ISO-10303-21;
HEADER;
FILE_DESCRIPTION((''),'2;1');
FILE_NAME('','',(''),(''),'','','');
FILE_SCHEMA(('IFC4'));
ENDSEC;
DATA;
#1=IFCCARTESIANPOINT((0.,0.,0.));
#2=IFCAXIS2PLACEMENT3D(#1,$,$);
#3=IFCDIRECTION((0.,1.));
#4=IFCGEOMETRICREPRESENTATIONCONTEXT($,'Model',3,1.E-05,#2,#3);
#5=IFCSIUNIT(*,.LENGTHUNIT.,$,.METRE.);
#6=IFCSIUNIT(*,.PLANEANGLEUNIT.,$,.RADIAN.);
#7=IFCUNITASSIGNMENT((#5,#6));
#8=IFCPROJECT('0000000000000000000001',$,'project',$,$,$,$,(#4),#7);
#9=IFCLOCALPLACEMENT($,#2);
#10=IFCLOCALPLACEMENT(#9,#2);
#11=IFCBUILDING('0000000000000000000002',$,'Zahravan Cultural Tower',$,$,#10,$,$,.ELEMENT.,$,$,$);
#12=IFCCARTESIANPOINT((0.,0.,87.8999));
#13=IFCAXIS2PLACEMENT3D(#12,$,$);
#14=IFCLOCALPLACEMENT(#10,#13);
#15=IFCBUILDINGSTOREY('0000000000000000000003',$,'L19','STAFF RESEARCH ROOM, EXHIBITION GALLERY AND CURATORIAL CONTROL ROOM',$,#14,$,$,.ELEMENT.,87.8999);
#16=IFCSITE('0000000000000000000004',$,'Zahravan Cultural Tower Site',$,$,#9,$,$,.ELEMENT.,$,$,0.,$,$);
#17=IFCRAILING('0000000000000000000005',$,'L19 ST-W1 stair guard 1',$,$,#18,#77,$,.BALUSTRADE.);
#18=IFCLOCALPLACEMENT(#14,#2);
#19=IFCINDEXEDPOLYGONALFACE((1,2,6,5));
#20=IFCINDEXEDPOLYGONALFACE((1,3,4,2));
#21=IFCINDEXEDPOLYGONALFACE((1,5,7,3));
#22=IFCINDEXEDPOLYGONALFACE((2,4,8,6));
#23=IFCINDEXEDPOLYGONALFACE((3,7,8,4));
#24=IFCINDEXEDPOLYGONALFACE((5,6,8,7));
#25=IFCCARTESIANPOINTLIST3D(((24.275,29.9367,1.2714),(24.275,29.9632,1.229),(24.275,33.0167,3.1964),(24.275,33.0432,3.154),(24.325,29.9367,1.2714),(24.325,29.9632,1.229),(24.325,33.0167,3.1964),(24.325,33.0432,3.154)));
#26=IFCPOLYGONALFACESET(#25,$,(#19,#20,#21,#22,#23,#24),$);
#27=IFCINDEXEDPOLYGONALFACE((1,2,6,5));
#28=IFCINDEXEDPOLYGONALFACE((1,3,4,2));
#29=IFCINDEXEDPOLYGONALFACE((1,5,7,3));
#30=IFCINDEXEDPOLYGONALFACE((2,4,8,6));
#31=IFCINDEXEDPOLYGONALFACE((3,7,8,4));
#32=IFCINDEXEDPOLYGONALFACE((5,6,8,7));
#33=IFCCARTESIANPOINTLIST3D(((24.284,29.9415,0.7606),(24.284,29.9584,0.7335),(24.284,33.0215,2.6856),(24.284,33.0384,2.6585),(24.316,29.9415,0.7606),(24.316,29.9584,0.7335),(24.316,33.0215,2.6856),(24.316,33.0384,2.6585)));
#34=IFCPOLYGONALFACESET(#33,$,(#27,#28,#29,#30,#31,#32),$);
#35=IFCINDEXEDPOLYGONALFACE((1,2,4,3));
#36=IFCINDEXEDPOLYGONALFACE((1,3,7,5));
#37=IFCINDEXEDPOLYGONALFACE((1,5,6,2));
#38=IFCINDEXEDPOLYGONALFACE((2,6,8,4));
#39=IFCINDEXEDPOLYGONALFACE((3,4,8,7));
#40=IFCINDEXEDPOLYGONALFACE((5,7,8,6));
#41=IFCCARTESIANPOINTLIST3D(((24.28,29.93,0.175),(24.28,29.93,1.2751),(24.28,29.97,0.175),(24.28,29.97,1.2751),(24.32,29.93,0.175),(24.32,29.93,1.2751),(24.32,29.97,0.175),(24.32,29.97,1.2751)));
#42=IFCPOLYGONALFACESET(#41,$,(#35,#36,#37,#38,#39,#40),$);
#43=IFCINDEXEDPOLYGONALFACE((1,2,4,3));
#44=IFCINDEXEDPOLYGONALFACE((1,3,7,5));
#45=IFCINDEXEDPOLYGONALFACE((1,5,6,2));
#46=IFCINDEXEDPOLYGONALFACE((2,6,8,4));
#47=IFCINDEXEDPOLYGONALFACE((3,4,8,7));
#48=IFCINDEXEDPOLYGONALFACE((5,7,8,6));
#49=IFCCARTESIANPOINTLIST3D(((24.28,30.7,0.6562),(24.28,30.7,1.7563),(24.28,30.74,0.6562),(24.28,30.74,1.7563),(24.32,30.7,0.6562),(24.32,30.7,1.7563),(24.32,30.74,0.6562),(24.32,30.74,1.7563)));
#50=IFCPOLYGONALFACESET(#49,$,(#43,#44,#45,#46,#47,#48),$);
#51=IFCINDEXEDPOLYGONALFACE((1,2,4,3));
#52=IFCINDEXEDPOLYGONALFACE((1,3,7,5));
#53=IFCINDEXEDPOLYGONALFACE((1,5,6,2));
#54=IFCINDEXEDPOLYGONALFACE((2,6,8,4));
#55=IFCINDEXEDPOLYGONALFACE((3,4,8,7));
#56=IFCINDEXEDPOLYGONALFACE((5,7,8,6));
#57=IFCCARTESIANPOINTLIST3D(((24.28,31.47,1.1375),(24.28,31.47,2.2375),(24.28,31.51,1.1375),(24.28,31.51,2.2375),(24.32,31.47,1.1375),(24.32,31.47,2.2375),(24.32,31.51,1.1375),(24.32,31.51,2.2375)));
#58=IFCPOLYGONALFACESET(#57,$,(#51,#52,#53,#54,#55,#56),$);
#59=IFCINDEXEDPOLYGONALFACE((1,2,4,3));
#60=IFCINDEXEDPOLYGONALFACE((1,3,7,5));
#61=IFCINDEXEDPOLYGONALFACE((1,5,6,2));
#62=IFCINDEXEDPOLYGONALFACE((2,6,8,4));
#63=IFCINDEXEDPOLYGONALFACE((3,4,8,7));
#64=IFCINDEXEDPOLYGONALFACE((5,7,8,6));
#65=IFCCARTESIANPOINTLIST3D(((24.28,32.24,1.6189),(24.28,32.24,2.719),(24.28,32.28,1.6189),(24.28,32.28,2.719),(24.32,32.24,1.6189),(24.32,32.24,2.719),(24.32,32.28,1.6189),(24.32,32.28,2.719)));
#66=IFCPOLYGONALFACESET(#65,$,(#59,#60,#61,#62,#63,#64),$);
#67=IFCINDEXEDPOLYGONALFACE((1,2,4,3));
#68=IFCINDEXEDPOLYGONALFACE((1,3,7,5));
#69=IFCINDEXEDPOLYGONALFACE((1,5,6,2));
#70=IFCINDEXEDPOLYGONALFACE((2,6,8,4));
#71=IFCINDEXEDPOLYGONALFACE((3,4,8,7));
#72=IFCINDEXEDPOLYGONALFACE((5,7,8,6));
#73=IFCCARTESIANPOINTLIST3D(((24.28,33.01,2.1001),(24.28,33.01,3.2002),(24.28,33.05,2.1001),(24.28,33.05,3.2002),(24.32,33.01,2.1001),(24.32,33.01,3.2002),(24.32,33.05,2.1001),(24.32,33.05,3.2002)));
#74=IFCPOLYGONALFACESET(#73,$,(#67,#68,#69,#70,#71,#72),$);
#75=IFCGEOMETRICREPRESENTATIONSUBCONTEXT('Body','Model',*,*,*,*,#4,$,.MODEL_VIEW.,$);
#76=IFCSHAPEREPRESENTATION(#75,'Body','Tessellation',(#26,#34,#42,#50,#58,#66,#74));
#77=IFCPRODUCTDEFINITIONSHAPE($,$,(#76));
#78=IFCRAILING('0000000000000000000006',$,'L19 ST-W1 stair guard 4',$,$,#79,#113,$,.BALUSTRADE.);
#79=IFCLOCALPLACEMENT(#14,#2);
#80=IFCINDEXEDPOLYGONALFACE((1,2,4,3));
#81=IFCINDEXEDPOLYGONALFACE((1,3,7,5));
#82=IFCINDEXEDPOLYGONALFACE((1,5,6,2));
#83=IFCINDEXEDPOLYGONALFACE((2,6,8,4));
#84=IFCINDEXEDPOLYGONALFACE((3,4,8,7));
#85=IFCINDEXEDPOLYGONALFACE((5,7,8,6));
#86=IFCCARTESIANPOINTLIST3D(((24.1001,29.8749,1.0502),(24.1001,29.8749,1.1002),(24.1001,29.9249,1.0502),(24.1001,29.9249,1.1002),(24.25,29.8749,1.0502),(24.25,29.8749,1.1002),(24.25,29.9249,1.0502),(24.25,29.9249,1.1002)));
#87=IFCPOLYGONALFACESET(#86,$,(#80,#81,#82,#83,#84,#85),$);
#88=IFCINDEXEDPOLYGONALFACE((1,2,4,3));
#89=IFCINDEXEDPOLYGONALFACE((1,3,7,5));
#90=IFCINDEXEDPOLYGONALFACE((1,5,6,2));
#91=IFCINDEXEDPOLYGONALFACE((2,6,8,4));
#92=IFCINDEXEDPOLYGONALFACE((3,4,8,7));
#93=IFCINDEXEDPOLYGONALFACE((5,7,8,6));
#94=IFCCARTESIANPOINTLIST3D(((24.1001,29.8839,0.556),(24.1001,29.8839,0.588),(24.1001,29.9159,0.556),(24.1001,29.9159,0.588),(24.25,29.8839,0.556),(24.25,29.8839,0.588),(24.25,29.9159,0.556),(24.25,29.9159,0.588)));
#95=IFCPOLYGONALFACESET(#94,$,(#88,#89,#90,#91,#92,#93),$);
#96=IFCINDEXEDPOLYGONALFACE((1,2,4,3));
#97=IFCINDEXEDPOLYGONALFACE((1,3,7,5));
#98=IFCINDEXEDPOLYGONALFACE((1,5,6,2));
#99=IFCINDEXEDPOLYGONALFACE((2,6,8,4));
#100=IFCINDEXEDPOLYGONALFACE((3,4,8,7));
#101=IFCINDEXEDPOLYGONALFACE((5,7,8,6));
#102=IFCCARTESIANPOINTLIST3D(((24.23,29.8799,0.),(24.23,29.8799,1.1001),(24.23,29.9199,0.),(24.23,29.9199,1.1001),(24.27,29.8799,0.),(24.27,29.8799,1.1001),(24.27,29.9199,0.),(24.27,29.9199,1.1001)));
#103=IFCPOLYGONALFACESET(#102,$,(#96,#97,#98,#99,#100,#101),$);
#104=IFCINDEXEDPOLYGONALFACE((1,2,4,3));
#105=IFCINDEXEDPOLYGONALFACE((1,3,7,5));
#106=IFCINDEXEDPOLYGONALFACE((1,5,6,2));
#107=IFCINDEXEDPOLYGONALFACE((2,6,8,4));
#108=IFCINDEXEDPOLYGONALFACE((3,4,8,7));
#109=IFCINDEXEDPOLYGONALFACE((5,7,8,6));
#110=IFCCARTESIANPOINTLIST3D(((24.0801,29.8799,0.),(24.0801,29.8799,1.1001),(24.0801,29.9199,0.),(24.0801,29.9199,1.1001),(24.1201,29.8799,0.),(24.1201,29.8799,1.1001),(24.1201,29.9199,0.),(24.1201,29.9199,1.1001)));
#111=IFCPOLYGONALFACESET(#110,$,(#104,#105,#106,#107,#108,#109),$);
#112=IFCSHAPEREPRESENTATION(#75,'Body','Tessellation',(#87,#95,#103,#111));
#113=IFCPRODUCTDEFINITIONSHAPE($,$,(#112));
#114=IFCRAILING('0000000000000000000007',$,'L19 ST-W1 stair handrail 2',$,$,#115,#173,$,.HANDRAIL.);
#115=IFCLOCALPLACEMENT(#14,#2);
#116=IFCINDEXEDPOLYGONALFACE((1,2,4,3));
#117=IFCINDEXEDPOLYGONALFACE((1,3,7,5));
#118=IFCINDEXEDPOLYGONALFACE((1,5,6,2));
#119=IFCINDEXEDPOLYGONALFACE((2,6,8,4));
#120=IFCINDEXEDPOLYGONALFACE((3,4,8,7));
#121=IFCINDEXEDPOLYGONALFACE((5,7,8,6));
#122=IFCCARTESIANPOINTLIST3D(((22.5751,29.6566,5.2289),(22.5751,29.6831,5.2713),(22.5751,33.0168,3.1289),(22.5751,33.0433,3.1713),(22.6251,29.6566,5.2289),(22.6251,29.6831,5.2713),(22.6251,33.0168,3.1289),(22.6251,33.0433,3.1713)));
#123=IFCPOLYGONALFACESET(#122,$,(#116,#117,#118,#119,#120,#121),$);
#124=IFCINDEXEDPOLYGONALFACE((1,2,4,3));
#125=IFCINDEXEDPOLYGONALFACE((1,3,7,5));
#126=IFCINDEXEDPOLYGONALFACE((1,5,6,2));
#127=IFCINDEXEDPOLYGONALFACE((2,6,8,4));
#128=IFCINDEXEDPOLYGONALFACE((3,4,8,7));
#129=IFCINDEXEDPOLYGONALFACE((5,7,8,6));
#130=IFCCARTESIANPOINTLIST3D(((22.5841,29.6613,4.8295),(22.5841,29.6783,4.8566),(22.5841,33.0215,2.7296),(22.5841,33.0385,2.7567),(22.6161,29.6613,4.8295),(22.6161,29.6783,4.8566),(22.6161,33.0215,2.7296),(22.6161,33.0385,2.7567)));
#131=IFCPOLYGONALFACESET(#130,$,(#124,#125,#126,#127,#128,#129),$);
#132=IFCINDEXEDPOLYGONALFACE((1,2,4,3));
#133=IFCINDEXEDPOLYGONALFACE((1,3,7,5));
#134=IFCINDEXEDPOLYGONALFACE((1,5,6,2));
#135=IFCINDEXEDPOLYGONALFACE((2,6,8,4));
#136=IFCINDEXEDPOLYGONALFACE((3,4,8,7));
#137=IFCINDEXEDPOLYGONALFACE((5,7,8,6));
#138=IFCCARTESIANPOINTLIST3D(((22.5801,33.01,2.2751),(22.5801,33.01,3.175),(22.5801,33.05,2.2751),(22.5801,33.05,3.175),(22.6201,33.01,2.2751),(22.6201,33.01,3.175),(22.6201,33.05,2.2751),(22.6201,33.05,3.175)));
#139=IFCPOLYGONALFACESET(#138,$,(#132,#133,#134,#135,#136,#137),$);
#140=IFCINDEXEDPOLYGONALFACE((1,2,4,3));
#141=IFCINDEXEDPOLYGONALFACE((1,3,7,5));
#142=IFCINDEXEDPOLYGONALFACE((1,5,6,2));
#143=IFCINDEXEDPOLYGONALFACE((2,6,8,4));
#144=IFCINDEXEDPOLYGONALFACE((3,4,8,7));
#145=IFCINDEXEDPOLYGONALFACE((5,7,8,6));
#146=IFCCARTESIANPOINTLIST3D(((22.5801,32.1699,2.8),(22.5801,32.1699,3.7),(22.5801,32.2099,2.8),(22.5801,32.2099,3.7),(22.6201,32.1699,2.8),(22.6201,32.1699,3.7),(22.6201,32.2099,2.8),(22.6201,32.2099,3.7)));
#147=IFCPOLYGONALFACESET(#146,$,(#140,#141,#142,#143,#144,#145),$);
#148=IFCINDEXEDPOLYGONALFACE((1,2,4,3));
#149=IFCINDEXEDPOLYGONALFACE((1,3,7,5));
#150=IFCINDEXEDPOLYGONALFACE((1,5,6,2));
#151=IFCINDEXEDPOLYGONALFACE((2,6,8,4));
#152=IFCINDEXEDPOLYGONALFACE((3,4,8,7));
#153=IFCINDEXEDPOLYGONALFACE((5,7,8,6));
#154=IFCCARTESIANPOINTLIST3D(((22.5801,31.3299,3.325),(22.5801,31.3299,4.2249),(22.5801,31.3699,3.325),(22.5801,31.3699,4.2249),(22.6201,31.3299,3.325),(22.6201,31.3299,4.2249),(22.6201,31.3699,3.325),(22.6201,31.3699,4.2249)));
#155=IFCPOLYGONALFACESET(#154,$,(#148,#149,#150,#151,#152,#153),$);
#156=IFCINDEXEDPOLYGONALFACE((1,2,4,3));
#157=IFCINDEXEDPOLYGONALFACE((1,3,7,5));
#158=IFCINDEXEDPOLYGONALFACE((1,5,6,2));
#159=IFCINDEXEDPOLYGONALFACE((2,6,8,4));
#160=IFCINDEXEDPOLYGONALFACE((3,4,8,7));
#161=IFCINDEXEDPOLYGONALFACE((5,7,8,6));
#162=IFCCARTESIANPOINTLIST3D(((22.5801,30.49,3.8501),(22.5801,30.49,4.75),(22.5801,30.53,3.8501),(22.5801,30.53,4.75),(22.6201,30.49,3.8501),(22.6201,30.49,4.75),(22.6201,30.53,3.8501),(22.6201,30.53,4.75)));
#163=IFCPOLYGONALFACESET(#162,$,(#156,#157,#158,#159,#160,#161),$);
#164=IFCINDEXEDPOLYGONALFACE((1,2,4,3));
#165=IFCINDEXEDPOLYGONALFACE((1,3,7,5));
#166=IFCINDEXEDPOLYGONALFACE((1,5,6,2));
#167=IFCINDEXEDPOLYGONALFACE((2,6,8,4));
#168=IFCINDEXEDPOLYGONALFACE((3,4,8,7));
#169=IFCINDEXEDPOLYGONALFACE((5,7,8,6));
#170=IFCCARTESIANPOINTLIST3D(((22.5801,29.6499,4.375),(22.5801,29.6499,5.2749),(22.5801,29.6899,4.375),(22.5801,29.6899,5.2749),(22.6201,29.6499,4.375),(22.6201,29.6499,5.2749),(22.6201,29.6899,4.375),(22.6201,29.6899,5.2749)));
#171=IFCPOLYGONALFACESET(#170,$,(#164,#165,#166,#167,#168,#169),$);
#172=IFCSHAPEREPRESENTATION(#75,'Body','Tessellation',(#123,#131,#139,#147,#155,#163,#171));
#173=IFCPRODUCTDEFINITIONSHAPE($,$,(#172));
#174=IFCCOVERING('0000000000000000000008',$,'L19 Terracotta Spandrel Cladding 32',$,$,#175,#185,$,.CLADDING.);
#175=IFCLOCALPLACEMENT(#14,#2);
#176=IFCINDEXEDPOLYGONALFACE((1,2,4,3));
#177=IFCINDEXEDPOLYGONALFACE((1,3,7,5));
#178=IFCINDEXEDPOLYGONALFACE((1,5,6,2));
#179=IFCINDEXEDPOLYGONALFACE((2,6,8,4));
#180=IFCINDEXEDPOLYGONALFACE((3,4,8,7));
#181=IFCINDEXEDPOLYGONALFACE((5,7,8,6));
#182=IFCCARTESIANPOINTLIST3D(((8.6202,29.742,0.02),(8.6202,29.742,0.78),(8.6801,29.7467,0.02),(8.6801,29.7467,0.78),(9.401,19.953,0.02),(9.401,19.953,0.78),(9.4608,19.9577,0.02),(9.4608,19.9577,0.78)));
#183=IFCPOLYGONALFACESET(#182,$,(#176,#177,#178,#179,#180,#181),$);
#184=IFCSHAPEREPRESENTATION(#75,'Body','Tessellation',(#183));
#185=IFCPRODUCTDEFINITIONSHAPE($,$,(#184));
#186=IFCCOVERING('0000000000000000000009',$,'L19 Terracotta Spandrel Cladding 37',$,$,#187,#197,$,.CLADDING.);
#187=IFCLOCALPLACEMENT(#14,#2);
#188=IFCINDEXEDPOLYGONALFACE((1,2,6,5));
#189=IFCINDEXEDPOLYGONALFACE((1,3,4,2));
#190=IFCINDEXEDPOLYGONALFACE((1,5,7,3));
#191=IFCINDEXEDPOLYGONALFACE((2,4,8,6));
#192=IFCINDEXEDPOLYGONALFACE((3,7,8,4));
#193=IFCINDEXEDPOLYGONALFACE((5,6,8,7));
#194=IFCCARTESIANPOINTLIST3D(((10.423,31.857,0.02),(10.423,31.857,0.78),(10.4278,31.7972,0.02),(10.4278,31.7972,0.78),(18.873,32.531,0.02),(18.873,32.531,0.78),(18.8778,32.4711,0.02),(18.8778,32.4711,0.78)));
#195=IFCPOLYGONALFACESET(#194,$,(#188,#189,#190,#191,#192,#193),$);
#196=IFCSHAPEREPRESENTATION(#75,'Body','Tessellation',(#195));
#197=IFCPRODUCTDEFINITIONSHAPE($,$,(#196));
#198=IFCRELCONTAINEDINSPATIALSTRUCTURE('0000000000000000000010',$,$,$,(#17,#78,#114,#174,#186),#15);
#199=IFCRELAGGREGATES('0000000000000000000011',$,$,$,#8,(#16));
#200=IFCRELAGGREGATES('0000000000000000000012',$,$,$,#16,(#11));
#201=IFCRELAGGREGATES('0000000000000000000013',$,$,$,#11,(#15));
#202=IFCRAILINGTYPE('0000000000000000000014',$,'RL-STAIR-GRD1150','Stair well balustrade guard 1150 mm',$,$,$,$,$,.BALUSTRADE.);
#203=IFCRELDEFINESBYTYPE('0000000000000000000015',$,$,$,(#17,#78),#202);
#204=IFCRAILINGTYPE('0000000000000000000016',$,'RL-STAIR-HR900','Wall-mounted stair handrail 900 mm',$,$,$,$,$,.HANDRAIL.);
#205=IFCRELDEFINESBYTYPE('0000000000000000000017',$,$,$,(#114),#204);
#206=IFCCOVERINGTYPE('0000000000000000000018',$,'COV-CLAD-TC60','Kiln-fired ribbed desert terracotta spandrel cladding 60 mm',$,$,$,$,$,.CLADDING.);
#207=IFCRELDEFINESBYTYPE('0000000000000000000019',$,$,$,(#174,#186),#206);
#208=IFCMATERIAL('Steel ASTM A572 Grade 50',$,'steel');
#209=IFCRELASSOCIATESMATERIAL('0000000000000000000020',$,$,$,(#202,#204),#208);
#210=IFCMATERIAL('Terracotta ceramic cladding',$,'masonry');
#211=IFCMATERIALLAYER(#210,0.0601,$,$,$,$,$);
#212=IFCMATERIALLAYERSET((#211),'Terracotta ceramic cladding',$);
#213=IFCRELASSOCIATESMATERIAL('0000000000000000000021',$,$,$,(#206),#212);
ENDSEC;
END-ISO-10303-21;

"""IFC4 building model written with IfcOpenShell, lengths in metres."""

from ifc_helpers import new_model, si_unit, direction, frame, origin, origin_2d, place, context, subcontext, project, spatial, rectangle, extrude, source, transform, mapped, material, layer, layer_set, type_object, element, save


model = new_model("IFC4")

# Units and contexts
model_context = context("Model", 3, precision=1e-05, world=origin(), true_north=direction((0.0, 1.0)))
body_context = subcontext(model_context, "Body", "Model", "MODEL_VIEW")
ifc_project = project(units=[si_unit("LENGTHUNIT", "METRE"), si_unit("PLANEANGLEUNIT", "RADIAN")], contexts=[model_context])

# Site, building, storey
site_placement = place(None, origin())
site = spatial("IfcSite", under=ifc_project, at=site_placement, Name="Zahravan Cultural Tower Site", CompositionType="ELEMENT", RefElevation=0.0)
building_placement = place(site_placement, origin())
building = spatial("IfcBuilding", under=site, at=building_placement, Name="Zahravan Cultural Tower", CompositionType="ELEMENT")
storey_placement = place(building_placement, frame((0.0, 0.0, 87.8999)))
storey = spatial("IfcBuildingStorey", under=building, at=storey_placement, Name="L19", Description="STAFF RESEARCH ROOM, EXHIBITION GALLERY AND CURATORIAL CONTROL ROOM", CompositionType="ELEMENT", Elevation=87.8999)

# Railings
ifc_material_1 = material(Name="Steel ASTM A572 Grade 50", Category="steel")
railing_type_1 = type_object("IfcRailingType", Name="RL-STAIR-GRD1150", Description="Stair well balustrade guard 1150 mm", PredefinedType="BALUSTRADE", material=ifc_material_1)
railing_1_placement = place(storey_placement, frame((24.3, 29.95, 0.175)))
element("IfcRailing", 1, at=railing_1_placement, inside=storey, type_object=railing_type_1, Name="L19 ST-W1 stair guard 1", PredefinedType="BALUSTRADE", context=body_context, shape_type="SweptSolid", body=[
    extrude(rectangle(XDim=0.05, YDim=0.05, at=origin_2d()), frame((0.0, 0.0, 1.0752), z_axis=(0.0, 0.847998, 0.529999), x_axis=(-1.0, 0.0, 0.0)), (0.0, 0.0, 1.0), 3.6321),
    extrude(rectangle(XDim=0.032, YDim=0.032, at=origin_2d()), frame((0.0, 0.0, 0.572), z_axis=(0.0, 0.847998, 0.529999), x_axis=(-1.0, 0.0, 0.0)), (0.0, 0.0, 1.0), 3.6321),
    extrude(rectangle(XDim=0.04, YDim=0.04, at=origin_2d()), origin(), (0.0, 0.0, 1.0), 1.1001),
    extrude(rectangle(XDim=0.04, YDim=0.04, at=origin_2d()), frame((0.0, 0.77, 0.4812)), (0.0, 0.0, 1.0), 1.1001),
    extrude(rectangle(XDim=0.04, YDim=0.04, at=origin_2d()), frame((0.0, 1.54, 0.9624)), (0.0, 0.0, 1.0), 1.1001),
    extrude(rectangle(XDim=0.04, YDim=0.04, at=origin_2d()), frame((0.0, 2.3101, 1.4438)), (0.0, 0.0, 1.0), 1.1001),
    extrude(rectangle(XDim=0.04, YDim=0.04, at=origin_2d()), frame((0.0, 3.0801, 1.925)), (0.0, 0.0, 1.0), 1.1001),
])
railing_2_placement = place(storey_placement, frame((24.25, 29.8999, 0.0)))
element("IfcRailing", 2, at=railing_2_placement, inside=storey, type_object=railing_type_1, Name="L19 ST-W1 stair guard 4", PredefinedType="BALUSTRADE", context=body_context, shape_type="SweptSolid", body=[
    extrude(rectangle(XDim=0.05, YDim=0.05, at=origin_2d()), frame((0.0, 0.0, 1.0752), z_axis=(-1.0, 0.0, 0.0), x_axis=(0.0, -1.0, 0.0)), (0.0, 0.0, 1.0), 0.1499),
    extrude(rectangle(XDim=0.032, YDim=0.032, at=origin_2d()), frame((0.0, 0.0, 0.572), z_axis=(-1.0, 0.0, 0.0), x_axis=(0.0, -1.0, 0.0)), (0.0, 0.0, 1.0), 0.1499),
    extrude(rectangle(XDim=0.04, YDim=0.04, at=origin_2d()), origin(), (0.0, 0.0, 1.0), 1.1001),
    extrude(rectangle(XDim=0.04, YDim=0.04, at=origin_2d()), frame((-0.1499, 0.0, 0.0)), (0.0, 0.0, 1.0), 1.1001),
])
railing_type_2 = type_object("IfcRailingType", Name="RL-STAIR-HR900", Description="Wall-mounted stair handrail 900 mm", PredefinedType="HANDRAIL", material=ifc_material_1)
railing_3_placement = place(storey_placement, frame((22.6001, 33.03, 2.2751)))
element("IfcRailing", 3, at=railing_3_placement, inside=storey, type_object=railing_type_2, Name="L19 ST-W1 stair handrail 2", PredefinedType="HANDRAIL", context=body_context, shape_type="SweptSolid", body=[
    extrude(rectangle(XDim=0.05, YDim=0.05, at=origin_2d()), frame((0.0, 0.0, 0.875), z_axis=(0.0, -0.848023, 0.52996), x_axis=(1.0, 0.0, 0.0)), (0.0, 0.0, 1.0), 3.9624),
    extrude(rectangle(XDim=0.032, YDim=0.032, at=origin_2d()), frame((0.0, 0.0, 0.468), z_axis=(0.0, -0.848023, 0.52996), x_axis=(1.0, 0.0, 0.0)), (0.0, 0.0, 1.0), 3.9624),
    extrude(rectangle(XDim=0.04, YDim=0.04, at=origin_2d()), origin(), (0.0, 0.0, 1.0), 0.8999),
    extrude(rectangle(XDim=0.04, YDim=0.04, at=origin_2d()), frame((0.0, -0.8401, 0.5249)), (0.0, 0.0, 1.0), 0.8999),
    extrude(rectangle(XDim=0.04, YDim=0.04, at=origin_2d()), frame((0.0, -1.6802, 1.0498)), (0.0, 0.0, 1.0), 0.8999),
    extrude(rectangle(XDim=0.04, YDim=0.04, at=origin_2d()), frame((0.0, -2.52, 1.575)), (0.0, 0.0, 1.0), 0.8999),
    extrude(rectangle(XDim=0.04, YDim=0.04, at=origin_2d()), frame((0.0, -3.3601, 2.0999)), (0.0, 0.0, 1.0), 0.8999),
])

# Coverings
ifc_material_2 = material(Name="Terracotta ceramic cladding", Category="masonry")
ifc_layer_1 = layer(ifc_material_2, 0.0601)
ifc_layer_set_1 = layer_set([ifc_layer_1], Name="Terracotta ceramic cladding")
covering_type = type_object("IfcCoveringType", Name="COV-CLAD-TC60", Description="Kiln-fired ribbed desert terracotta spandrel cladding 60 mm", PredefinedType="CLADDING", material=ifc_layer_set_1)
shared_shape_1 = source(origin(), body_context, "Body", "SweptSolid", [
    extrude(rectangle(XDim=9.8201, YDim=0.0601, at=origin_2d()), origin(), (0.0, 0.0, 1.0), 0.76),
])
covering_1_placement = place(storey_placement, frame((9.0405, 24.8499, 0.02), z_axis=(0.0, 0.0, 1.0), x_axis=(-0.079503, 0.996835, 0.0)))
element("IfcCovering", 4, at=covering_1_placement, inside=storey, type_object=covering_type, Name="L19 Terracotta Spandrel Cladding 32", PredefinedType="CLADDING", context=body_context, shape_type="MappedRepresentation", body=[
    mapped(shared_shape_1, transform((0.0, 0.0, 0.0), x_axis=(1.0, 0.0, 0.0), y_axis=(0.0, 1.0, 0.0), z_axis=(0.0, 0.0, 1.0), scale=1.0)),
])
shared_shape_2 = source(origin(), body_context, "Body", "SweptSolid", [
    extrude(rectangle(XDim=8.4768, YDim=0.0601, at=origin_2d()), origin(), (0.0, 0.0, 1.0), 0.76),
])
covering_2_placement = place(storey_placement, frame((14.6504, 32.1641, 0.02), z_axis=(0.0, 0.0, 1.0), x_axis=(0.996835, 0.079503, 0.0)))
element("IfcCovering", 5, at=covering_2_placement, inside=storey, type_object=covering_type, Name="L19 Terracotta Spandrel Cladding 37", PredefinedType="CLADDING", context=body_context, shape_type="MappedRepresentation", body=[
    mapped(shared_shape_2, transform((0.0, 0.0, 0.0), x_axis=(1.0, 0.0, 0.0), y_axis=(0.0, 1.0, 0.0), z_axis=(0.0, 0.0, 1.0), scale=1.0)),
])

save(model, "model.ifc")
